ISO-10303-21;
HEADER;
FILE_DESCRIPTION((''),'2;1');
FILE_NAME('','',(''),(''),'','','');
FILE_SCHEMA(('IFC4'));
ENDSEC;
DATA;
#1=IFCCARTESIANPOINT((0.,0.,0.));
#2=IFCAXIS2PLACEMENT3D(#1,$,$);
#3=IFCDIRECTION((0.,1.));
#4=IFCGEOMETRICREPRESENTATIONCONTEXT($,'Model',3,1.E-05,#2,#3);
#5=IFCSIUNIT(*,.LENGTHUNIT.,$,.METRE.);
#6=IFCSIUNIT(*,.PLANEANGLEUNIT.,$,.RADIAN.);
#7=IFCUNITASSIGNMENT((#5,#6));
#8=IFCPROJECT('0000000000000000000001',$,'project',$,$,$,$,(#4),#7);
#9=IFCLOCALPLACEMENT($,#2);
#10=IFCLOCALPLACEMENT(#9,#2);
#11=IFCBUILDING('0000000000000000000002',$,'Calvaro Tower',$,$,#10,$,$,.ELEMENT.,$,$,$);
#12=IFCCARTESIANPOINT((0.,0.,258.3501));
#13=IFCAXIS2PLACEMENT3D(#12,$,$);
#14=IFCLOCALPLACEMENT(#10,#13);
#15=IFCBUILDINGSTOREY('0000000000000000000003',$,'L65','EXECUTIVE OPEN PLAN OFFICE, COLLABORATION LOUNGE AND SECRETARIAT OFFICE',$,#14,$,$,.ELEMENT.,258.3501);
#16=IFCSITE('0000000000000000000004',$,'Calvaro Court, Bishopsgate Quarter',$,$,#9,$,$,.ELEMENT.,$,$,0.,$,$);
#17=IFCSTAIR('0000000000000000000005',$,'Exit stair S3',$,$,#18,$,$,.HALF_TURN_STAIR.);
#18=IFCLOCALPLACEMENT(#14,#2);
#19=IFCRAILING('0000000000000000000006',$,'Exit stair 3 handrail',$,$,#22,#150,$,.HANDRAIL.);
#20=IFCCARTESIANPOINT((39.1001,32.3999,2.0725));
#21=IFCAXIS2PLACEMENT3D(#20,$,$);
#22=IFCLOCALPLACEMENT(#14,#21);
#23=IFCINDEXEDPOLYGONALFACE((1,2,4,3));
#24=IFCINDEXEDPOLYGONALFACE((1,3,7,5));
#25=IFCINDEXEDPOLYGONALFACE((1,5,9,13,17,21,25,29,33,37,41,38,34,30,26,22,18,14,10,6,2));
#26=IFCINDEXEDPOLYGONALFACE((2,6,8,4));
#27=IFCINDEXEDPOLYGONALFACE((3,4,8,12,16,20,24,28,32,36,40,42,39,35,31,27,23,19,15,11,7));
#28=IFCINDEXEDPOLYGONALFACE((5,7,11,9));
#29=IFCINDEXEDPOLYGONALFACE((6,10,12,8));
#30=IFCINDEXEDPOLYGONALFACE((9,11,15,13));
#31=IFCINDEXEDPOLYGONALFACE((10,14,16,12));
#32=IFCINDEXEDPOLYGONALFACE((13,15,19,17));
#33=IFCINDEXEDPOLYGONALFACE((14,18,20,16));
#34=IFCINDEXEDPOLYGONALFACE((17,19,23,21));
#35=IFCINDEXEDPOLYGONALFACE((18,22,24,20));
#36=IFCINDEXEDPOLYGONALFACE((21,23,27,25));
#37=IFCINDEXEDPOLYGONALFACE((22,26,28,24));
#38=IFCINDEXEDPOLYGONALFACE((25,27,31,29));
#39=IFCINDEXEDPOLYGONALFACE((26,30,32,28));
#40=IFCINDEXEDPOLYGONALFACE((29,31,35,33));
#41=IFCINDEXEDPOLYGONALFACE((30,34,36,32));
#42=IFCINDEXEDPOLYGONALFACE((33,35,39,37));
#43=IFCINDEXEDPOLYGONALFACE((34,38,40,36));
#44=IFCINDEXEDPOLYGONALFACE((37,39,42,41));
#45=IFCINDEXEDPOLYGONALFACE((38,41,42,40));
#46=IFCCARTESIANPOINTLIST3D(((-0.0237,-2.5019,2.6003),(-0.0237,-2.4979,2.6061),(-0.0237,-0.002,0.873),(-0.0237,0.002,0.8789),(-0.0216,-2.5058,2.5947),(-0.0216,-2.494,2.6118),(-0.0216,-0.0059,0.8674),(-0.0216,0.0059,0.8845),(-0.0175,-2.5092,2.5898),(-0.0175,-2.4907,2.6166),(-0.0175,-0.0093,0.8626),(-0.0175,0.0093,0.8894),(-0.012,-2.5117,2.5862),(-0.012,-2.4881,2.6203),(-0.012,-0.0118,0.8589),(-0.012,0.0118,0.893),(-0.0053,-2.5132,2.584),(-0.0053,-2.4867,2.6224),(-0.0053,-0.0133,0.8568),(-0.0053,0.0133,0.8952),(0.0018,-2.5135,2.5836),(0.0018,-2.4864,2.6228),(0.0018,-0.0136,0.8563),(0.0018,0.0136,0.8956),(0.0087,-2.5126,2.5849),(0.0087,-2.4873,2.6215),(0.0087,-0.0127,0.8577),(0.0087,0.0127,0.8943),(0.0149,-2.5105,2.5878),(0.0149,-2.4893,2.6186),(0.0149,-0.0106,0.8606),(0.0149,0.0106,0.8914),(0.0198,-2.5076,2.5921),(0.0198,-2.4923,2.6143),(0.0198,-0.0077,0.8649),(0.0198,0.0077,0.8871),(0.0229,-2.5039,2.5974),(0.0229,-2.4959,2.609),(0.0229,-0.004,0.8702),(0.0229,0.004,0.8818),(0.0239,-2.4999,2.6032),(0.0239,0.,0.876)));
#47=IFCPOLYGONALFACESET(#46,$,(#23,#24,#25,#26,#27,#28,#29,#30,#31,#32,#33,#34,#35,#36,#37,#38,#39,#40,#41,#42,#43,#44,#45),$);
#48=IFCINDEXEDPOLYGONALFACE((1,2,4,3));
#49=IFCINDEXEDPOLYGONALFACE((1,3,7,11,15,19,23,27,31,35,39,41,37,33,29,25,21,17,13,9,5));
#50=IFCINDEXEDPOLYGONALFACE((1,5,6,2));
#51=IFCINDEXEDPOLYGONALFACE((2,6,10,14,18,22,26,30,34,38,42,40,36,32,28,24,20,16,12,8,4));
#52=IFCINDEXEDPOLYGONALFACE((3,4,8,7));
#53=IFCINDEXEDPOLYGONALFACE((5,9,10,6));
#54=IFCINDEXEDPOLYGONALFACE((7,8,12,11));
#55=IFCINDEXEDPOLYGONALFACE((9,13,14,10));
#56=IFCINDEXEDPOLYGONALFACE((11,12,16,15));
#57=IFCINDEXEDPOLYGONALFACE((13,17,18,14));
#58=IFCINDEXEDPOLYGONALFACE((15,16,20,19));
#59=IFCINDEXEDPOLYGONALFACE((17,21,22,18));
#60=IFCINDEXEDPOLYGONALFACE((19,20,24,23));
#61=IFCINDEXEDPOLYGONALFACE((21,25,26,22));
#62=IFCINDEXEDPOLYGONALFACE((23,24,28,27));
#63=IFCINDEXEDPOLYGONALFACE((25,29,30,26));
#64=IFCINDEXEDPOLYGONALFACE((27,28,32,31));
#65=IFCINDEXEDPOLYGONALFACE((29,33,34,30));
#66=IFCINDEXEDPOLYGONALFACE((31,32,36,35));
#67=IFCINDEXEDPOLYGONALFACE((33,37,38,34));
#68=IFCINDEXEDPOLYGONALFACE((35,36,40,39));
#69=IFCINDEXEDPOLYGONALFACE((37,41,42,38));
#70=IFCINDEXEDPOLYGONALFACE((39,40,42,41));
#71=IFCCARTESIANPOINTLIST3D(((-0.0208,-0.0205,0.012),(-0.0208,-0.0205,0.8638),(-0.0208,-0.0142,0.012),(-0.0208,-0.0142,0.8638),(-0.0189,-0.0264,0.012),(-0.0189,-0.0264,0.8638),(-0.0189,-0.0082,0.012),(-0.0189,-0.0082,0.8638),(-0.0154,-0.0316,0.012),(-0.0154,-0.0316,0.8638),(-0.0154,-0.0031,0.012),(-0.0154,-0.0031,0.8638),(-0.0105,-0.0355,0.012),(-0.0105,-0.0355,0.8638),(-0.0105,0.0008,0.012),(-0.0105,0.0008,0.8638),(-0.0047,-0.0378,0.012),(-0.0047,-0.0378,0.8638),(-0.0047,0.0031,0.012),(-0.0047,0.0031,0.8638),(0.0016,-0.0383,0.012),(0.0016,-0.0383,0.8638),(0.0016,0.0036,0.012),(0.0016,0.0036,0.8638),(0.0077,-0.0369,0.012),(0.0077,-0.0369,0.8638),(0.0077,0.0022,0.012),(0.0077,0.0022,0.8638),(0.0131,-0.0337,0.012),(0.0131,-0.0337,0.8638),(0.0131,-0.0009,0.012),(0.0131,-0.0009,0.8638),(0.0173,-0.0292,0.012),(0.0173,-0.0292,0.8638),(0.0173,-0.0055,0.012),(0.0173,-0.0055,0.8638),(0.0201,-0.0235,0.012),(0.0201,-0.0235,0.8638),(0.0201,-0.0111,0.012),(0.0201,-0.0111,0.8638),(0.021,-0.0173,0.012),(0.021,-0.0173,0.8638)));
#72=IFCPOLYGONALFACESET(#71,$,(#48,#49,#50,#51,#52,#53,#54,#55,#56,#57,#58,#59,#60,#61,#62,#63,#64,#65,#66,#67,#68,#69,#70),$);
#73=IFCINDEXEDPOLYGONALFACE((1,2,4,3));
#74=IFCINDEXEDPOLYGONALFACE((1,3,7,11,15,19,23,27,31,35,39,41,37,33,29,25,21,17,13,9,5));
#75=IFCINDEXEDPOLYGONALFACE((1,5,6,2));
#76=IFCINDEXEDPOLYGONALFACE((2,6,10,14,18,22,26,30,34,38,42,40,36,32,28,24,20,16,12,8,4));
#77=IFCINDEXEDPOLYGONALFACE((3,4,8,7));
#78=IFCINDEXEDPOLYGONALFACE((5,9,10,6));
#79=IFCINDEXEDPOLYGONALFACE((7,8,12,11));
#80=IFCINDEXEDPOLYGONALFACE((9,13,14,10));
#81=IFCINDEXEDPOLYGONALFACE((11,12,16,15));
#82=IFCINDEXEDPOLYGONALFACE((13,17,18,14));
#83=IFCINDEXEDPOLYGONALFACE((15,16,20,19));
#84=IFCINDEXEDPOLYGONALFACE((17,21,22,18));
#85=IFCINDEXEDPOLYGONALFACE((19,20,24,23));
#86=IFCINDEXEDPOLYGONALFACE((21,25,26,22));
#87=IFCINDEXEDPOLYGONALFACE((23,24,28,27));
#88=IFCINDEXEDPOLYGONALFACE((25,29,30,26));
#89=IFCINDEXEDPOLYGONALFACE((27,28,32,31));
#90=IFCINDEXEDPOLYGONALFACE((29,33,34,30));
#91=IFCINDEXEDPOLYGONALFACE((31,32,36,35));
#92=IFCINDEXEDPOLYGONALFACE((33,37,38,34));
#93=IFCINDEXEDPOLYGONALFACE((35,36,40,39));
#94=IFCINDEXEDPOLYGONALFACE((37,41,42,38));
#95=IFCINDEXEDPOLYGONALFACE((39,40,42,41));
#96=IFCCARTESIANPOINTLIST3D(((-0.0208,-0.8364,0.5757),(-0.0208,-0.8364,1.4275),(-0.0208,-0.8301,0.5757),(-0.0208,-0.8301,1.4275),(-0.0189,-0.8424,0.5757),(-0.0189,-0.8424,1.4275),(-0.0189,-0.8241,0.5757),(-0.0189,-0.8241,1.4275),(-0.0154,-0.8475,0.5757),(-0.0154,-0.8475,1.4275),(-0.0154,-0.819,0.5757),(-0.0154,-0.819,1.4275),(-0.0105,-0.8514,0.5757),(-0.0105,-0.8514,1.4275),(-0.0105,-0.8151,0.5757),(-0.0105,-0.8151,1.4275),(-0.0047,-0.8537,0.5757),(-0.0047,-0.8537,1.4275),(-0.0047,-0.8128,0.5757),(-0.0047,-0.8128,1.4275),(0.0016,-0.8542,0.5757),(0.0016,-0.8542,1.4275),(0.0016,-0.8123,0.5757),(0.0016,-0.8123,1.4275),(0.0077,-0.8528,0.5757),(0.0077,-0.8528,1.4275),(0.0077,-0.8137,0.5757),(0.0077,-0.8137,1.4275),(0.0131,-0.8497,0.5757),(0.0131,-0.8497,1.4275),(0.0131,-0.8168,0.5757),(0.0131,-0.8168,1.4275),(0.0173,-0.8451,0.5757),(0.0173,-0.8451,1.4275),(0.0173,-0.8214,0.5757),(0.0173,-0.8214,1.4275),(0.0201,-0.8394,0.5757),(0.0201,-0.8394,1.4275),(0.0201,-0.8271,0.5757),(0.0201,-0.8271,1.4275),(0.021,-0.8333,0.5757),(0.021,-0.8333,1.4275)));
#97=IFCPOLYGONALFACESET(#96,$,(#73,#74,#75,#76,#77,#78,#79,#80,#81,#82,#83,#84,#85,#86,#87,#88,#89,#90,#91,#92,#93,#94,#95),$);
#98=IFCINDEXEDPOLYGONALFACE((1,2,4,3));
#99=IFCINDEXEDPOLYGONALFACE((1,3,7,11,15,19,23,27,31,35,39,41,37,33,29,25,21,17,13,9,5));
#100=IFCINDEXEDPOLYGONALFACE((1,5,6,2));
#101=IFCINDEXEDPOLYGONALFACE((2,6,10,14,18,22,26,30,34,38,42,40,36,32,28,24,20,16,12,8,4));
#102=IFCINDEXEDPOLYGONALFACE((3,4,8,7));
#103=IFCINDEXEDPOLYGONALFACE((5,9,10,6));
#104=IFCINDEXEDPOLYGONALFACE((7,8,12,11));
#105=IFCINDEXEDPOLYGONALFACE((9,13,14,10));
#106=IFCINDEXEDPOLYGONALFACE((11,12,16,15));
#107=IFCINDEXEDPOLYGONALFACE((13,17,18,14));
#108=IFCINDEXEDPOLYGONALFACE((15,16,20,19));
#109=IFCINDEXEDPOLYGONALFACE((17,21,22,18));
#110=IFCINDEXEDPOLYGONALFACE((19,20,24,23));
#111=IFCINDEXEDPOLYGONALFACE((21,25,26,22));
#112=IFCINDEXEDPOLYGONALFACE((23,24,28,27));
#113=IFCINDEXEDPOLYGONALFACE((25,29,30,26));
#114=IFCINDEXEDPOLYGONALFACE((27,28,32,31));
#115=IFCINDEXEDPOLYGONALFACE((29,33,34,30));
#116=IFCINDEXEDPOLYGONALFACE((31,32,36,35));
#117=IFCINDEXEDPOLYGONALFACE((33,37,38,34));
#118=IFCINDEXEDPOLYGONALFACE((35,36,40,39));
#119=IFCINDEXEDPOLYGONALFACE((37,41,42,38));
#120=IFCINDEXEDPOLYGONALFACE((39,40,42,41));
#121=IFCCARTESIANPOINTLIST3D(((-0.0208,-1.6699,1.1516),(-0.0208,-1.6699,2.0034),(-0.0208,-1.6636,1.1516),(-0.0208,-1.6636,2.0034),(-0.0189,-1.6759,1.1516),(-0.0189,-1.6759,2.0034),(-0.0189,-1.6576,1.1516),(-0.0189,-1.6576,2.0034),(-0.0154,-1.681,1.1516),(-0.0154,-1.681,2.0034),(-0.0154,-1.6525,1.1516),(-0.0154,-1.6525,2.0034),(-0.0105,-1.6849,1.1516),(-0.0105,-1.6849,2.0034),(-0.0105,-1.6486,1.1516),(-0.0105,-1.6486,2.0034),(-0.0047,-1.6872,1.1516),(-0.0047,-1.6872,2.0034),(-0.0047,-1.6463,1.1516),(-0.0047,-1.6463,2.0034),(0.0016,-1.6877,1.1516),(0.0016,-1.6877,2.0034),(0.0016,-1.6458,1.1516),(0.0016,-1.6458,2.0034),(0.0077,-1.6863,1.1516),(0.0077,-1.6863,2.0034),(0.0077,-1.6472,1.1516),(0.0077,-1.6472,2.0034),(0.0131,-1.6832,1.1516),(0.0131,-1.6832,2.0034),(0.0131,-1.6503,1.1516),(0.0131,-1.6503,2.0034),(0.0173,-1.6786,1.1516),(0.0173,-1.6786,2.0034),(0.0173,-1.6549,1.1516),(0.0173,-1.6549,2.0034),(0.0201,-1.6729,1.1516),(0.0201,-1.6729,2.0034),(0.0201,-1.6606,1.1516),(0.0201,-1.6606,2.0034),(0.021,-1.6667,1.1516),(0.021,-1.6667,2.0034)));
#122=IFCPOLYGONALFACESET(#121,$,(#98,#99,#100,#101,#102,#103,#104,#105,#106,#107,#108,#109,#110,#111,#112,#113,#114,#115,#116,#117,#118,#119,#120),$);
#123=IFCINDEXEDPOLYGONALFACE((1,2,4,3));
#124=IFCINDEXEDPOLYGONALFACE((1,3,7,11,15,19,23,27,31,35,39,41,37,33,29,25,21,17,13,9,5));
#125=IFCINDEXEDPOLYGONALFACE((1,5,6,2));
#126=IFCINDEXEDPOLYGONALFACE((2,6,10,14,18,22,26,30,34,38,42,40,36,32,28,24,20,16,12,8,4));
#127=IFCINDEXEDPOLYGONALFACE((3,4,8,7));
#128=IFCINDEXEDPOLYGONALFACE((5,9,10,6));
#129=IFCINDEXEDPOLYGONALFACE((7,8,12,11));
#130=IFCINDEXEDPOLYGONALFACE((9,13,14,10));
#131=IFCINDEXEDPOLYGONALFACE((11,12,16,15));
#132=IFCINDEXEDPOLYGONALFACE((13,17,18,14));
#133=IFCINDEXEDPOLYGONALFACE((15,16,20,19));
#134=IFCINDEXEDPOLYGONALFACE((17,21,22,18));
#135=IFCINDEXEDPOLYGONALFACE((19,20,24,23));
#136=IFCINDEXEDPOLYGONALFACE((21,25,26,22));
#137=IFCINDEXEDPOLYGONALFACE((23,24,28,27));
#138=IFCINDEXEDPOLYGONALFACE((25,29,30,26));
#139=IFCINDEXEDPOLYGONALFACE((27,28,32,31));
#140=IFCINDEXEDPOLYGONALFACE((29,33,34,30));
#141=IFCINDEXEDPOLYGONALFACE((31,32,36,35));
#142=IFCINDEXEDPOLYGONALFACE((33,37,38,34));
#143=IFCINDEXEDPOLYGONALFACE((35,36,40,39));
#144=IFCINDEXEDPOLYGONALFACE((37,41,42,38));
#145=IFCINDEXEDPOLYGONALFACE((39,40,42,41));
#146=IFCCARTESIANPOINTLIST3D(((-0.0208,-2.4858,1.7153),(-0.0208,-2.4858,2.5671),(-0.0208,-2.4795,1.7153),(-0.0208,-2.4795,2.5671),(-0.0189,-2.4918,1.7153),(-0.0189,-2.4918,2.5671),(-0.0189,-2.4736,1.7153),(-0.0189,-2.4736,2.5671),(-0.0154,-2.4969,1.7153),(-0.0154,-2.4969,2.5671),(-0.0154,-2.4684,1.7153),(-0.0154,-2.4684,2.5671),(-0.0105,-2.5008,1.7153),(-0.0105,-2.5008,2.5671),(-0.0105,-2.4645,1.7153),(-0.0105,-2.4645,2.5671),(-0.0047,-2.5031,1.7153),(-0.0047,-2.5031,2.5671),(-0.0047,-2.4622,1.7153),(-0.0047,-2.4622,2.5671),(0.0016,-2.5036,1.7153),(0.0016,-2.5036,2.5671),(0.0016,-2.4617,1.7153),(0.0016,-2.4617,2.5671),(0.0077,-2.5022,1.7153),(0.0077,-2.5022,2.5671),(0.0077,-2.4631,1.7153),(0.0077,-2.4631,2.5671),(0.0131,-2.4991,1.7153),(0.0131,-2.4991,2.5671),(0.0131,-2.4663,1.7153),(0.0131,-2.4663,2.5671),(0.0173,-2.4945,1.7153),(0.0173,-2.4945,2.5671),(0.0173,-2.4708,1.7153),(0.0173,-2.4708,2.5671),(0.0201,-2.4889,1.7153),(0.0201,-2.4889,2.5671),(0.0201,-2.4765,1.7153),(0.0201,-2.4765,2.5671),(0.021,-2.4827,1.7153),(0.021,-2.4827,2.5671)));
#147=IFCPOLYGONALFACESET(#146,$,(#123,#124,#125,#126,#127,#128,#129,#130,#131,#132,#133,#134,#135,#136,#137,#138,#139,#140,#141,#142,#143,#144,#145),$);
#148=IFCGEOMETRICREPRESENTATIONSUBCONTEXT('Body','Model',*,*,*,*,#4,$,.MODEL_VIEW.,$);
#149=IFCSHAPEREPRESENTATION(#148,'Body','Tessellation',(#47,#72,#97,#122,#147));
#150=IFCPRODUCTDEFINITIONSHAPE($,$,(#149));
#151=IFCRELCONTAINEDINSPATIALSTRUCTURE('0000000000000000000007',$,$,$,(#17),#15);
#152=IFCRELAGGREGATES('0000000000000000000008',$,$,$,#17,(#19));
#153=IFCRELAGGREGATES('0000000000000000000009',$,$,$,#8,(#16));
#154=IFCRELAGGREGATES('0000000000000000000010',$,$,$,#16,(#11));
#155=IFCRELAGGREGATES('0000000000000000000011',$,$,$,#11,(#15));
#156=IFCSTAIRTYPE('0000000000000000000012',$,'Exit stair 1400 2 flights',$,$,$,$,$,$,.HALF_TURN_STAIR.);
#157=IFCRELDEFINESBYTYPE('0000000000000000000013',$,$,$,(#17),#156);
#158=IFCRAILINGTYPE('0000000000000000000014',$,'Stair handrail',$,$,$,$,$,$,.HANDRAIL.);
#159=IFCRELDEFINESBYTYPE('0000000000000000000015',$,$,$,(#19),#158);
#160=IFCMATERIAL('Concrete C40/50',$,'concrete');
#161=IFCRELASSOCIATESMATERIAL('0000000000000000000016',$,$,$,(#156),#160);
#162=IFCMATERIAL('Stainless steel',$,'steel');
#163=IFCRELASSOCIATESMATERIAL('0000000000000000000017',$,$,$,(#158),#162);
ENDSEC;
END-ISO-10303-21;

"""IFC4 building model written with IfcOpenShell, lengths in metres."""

from ifc_helpers import new_model, si_unit, direction, frame, origin, origin_2d, place, context, subcontext, project, spatial, circle, extrude, material, type_object, element, aggregate, save


model = new_model("IFC4")

# Units and contexts
model_context = context("Model", 3, precision=1e-05, world=origin(), true_north=direction((0.0, 1.0)))
body_context = subcontext(model_context, "Body", "Model", "MODEL_VIEW")
ifc_project = project(units=[si_unit("LENGTHUNIT", "METRE"), si_unit("PLANEANGLEUNIT", "RADIAN")], contexts=[model_context])

# Site, building, storey
site_placement = place(None, origin())
site = spatial("IfcSite", under=ifc_project, at=site_placement, Name="Calvaro Court, Bishopsgate Quarter", CompositionType="ELEMENT", RefElevation=0.0)
building_placement = place(site_placement, origin())
building = spatial("IfcBuilding", under=site, at=building_placement, Name="Calvaro Tower", CompositionType="ELEMENT")
storey_placement = place(building_placement, frame((0.0, 0.0, 258.3501)))
storey = spatial("IfcBuildingStorey", under=building, at=storey_placement, Name="L65", Description="EXECUTIVE OPEN PLAN OFFICE, COLLABORATION LOUNGE AND SECRETARIAT OFFICE", CompositionType="ELEMENT", Elevation=258.3501)

# Stair
ifc_material_1 = material(Name="Concrete C40/50", Category="concrete")
stair_type = type_object("IfcStairType", Name="Exit stair 1400 2 flights", PredefinedType="HALF_TURN_STAIR", material=ifc_material_1)
stair_1_placement = place(storey_placement, origin())
stair_1 = element("IfcStair", 1, at=stair_1_placement, inside=storey, type_object=stair_type, Name="Exit stair S3", PredefinedType="HALF_TURN_STAIR")

# Railing
ifc_material_2 = material(Name="Stainless steel", Category="steel")
railing_type = type_object("IfcRailingType", Name="Stair handrail", PredefinedType="HANDRAIL", material=ifc_material_2)
railing_1_placement = place(storey_placement, frame((39.1001, 32.3999, 2.0725)))
railing_1 = element("IfcRailing", 2, at=railing_1_placement, type_object=railing_type, Name="Exit stair 3 handrail", PredefinedType="HANDRAIL", context=body_context, shape_type="SweptSolid", body=[
    extrude(circle(Radius=0.0239, at=origin_2d()), frame((0.0, 0.0, 0.876), z_axis=(0.0, -0.822727, 0.568437), x_axis=(1.0, 0.0, 0.0)), (0.0, 0.0, 1.0), 3.0386),
    extrude(circle(Radius=0.021, at=origin_2d()), frame((0.0, -0.0173, 0.012)), (0.0, 0.0, 1.0), 0.8518),
    extrude(circle(Radius=0.021, at=origin_2d()), frame((0.0, -0.8333, 0.5757)), (0.0, 0.0, 1.0), 0.8518),
    extrude(circle(Radius=0.021, at=origin_2d()), frame((0.0, -1.6667, 1.1516)), (0.0, 0.0, 1.0), 0.8518),
    extrude(circle(Radius=0.021, at=origin_2d()), frame((0.0, -2.4827, 1.7153)), (0.0, 0.0, 1.0), 0.8518),
])
aggregate(stair_1, [railing_1])

save(model, "model.ifc")
